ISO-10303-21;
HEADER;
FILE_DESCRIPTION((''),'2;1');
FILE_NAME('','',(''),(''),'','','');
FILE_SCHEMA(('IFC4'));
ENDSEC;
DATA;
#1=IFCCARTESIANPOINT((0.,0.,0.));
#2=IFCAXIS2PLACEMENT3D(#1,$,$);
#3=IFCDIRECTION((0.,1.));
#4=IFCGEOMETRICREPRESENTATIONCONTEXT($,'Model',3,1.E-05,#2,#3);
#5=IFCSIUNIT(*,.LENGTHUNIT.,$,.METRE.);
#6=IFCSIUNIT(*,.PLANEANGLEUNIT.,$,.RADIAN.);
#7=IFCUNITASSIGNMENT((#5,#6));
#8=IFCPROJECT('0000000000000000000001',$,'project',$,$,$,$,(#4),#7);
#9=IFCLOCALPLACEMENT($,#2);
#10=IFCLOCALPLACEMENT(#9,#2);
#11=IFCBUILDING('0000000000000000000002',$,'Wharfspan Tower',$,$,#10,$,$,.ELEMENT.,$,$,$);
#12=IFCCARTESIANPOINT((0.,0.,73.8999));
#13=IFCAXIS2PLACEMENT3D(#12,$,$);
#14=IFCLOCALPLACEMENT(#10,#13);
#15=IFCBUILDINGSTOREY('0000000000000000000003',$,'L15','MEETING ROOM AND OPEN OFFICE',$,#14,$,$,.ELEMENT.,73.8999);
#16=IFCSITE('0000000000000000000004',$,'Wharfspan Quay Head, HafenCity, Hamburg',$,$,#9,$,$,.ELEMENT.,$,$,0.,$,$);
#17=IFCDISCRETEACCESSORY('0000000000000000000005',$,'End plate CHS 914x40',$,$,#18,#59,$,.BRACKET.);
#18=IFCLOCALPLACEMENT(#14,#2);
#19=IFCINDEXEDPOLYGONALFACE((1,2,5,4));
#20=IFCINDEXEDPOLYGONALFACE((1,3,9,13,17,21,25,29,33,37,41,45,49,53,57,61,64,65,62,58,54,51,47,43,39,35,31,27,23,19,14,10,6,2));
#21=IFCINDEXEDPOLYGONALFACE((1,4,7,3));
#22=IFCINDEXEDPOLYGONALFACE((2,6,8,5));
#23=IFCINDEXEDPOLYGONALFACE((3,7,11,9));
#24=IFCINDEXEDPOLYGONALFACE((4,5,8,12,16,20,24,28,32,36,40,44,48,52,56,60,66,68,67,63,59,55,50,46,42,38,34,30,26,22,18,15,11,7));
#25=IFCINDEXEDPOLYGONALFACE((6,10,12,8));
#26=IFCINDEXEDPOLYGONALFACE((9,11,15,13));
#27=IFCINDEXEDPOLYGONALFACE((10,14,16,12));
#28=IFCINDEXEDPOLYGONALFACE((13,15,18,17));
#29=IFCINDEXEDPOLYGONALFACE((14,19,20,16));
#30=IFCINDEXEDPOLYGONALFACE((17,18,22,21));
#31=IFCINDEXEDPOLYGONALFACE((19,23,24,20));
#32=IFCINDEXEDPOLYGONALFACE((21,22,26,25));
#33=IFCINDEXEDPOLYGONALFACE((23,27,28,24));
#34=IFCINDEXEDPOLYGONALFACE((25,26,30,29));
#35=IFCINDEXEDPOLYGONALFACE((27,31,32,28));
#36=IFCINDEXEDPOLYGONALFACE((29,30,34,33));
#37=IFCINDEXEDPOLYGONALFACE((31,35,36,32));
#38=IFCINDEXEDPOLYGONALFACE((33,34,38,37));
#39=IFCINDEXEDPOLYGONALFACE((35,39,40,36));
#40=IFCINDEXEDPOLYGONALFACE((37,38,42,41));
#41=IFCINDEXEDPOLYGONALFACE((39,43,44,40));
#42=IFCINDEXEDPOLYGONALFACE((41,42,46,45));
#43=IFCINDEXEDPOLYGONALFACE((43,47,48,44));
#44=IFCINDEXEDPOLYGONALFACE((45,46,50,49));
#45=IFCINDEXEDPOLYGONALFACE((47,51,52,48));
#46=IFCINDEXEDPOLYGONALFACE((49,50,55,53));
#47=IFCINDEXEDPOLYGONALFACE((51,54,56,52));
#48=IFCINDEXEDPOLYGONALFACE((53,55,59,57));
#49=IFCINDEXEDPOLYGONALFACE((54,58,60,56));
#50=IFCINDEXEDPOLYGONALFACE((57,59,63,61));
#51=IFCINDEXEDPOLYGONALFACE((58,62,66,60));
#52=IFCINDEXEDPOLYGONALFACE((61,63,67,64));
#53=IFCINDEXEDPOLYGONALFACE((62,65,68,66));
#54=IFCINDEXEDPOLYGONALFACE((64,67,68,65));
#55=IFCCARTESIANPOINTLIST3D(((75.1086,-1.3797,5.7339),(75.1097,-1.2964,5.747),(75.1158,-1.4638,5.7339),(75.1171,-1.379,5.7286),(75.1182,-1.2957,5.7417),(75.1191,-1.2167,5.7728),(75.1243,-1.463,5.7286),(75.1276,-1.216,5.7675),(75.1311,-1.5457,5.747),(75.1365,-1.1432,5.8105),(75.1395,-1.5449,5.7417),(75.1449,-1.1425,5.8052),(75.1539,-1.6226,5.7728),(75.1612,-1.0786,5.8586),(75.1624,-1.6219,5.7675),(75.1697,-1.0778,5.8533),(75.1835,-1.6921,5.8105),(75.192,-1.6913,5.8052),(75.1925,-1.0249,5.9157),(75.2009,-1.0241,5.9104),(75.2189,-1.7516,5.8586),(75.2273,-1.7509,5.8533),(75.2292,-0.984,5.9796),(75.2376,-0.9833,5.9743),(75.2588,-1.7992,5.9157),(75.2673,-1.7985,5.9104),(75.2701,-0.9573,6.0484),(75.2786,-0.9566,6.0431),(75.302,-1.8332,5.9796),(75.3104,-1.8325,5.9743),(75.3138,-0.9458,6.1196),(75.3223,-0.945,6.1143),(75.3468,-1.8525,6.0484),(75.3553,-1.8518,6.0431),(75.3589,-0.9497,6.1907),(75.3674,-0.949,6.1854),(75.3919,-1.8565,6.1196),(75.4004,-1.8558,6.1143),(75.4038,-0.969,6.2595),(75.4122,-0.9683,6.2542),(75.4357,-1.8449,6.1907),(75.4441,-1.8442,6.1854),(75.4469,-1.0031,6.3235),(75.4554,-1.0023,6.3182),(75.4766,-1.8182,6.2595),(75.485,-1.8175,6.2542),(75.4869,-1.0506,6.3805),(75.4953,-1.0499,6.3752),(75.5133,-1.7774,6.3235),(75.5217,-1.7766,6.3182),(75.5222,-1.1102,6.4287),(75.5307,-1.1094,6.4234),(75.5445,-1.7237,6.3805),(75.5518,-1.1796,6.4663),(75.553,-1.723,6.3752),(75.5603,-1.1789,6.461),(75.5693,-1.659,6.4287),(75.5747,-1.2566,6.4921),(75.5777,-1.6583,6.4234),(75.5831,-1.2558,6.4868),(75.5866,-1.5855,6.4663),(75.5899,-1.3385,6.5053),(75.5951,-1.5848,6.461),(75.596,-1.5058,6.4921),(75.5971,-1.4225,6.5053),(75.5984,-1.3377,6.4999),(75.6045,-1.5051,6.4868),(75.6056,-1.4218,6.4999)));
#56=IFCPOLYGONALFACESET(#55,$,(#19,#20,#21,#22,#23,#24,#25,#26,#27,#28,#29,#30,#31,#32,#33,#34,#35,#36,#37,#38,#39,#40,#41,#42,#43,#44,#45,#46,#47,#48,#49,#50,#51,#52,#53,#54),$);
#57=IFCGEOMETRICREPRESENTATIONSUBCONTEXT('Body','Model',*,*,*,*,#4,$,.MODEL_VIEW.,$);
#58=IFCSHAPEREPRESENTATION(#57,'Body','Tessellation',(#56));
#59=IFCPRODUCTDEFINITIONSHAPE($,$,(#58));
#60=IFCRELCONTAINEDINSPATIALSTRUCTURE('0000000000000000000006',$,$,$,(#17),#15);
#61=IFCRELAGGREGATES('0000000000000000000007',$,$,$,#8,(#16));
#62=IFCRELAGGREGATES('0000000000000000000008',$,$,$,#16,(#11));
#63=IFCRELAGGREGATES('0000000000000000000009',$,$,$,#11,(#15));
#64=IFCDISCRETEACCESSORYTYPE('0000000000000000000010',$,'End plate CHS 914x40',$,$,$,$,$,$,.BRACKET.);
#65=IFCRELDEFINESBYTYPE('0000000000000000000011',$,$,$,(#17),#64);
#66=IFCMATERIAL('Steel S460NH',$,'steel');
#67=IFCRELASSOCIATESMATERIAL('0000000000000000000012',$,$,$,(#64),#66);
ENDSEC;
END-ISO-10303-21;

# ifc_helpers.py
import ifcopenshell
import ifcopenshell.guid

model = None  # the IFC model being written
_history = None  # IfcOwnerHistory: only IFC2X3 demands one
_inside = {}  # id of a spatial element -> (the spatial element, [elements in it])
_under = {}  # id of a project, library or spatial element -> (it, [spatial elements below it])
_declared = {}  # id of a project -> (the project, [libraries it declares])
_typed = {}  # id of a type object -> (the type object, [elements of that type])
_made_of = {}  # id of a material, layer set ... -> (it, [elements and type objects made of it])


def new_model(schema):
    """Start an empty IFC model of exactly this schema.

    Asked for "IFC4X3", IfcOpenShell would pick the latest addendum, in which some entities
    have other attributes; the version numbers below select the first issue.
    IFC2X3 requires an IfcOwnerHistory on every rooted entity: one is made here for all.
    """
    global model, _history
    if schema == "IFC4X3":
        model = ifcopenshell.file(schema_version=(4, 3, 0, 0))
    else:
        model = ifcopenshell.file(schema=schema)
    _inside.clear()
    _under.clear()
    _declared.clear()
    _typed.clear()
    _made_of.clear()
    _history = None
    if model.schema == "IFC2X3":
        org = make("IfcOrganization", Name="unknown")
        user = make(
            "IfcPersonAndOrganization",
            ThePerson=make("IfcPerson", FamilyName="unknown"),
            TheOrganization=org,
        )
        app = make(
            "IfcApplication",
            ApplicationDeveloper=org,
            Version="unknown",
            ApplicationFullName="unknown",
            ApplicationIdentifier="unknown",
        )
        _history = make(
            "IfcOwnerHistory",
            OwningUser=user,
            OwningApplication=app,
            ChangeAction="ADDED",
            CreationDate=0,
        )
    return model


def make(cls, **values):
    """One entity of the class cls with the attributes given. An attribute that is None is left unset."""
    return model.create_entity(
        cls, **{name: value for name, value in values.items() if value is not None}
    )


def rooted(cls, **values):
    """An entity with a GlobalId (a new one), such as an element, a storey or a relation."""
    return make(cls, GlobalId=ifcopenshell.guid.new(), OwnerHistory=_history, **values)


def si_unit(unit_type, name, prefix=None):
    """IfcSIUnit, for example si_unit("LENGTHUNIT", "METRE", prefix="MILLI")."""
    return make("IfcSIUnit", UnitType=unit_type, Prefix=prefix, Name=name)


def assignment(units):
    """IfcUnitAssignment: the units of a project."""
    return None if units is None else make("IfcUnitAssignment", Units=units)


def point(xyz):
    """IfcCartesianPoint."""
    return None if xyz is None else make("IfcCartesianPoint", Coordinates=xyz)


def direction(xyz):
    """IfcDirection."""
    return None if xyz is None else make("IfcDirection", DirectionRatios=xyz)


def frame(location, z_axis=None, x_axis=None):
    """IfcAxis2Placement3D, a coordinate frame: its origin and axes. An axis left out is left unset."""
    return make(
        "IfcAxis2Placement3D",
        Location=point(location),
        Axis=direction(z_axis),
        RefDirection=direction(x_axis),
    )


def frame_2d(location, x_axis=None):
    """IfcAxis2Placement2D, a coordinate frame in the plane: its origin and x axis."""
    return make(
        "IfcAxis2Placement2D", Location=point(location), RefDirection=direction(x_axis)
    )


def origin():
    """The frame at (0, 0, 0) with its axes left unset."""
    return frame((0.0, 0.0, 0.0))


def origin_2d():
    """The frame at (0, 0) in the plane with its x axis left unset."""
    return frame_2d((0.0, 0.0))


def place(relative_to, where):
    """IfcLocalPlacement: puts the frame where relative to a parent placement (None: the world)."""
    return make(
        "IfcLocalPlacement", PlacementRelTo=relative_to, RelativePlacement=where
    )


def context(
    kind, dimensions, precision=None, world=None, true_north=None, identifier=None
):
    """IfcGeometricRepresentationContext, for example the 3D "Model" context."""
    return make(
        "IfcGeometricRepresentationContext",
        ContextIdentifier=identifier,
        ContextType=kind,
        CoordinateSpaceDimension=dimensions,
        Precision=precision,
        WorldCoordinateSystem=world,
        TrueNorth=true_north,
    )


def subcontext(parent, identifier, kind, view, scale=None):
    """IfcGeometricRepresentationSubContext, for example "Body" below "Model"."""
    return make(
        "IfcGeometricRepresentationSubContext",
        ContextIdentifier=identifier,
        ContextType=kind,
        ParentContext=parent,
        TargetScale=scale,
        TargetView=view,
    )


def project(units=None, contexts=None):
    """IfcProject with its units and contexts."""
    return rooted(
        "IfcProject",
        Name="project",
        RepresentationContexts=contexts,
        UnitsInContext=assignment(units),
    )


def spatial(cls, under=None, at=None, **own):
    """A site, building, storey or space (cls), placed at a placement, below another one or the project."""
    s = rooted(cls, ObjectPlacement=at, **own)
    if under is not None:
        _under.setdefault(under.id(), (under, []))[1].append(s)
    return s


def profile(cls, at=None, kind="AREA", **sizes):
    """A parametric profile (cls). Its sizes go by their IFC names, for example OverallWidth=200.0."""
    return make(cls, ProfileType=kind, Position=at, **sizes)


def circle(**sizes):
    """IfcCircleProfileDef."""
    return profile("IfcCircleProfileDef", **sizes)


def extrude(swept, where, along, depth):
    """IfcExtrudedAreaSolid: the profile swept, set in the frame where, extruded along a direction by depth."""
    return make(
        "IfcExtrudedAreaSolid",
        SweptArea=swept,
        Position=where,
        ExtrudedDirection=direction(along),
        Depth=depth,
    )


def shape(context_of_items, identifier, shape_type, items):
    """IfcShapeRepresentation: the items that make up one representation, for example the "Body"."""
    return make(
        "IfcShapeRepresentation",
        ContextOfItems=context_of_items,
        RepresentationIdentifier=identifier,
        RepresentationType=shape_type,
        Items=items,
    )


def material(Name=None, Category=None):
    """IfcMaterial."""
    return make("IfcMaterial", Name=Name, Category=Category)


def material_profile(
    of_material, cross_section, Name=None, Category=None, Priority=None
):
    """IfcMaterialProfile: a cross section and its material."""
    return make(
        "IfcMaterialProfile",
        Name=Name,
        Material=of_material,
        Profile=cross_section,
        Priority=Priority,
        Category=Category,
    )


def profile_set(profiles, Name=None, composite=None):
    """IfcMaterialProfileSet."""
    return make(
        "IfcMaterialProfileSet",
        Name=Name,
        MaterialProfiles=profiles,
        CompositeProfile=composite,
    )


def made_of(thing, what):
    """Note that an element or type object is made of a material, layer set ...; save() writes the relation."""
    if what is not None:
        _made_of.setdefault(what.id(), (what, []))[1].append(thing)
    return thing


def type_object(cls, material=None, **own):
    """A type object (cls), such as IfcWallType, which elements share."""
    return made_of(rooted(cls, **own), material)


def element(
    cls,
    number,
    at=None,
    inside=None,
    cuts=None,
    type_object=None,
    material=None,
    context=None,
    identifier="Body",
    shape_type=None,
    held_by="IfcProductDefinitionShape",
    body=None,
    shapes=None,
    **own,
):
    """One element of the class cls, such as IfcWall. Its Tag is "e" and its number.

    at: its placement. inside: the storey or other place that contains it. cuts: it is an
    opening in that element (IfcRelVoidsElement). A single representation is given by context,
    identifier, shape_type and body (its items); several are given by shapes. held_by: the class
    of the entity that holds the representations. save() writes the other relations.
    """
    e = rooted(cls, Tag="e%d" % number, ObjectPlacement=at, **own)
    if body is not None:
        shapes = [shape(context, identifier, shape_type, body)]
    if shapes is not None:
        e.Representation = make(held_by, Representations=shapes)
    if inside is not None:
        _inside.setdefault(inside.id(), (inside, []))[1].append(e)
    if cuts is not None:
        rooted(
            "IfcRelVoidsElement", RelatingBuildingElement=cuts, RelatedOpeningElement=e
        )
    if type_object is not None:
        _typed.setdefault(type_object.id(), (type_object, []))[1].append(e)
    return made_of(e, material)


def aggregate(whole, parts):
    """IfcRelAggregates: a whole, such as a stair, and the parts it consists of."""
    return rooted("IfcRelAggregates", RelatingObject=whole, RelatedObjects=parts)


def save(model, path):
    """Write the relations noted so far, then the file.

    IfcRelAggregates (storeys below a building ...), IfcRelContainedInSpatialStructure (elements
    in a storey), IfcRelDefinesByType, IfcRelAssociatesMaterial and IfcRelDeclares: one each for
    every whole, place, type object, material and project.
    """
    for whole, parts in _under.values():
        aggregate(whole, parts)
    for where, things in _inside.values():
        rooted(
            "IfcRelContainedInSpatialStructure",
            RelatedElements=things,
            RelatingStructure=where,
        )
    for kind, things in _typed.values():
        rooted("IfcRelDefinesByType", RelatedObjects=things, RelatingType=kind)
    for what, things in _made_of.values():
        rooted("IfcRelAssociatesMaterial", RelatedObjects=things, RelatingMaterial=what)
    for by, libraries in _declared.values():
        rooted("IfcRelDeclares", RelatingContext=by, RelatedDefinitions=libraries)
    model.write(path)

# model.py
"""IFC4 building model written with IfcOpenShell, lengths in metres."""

from ifc_helpers import new_model, si_unit, direction, frame, origin, origin_2d, place, context, subcontext, project, spatial, circle, extrude, material, material_profile, profile_set, type_object, element, save


model = new_model("IFC4")

# Units and contexts
model_context = context("Model", 3, precision=1e-05, world=origin(), true_north=direction((0.0, 1.0)))
body_context = subcontext(model_context, "Body", "Model", "MODEL_VIEW")
ifc_project = project(units=[si_unit("LENGTHUNIT", "METRE"), si_unit("PLANEANGLEUNIT", "RADIAN")], contexts=[model_context])

# Site, building, storey
site_placement = place(None, origin())
site = spatial("IfcSite", under=ifc_project, at=site_placement, Name="Wharfspan Quay Head, HafenCity, Hamburg", CompositionType="ELEMENT", RefElevation=0.0)
building_placement = place(site_placement, origin())
building = spatial("IfcBuilding", under=site, at=building_placement, Name="Wharfspan Tower", CompositionType="ELEMENT")
storey_placement = place(building_placement, frame((0.0, 0.0, 73.8999)))
storey = spatial("IfcBuildingStorey", under=building, at=storey_placement, Name="L15", Description="MEETING ROOM AND OPEN OFFICE", CompositionType="ELEMENT", Elevation=73.8999)

# Shared definitions
ifc_material_1 = material(Name="Steel S460NH", Category="steel")

# Discrete accessory
ifc_material_profile_1 = material_profile(ifc_material_1, circle(Radius=0.457, at=origin_2d()))
ifc_profile_set_1 = profile_set([ifc_material_profile_1], Name="Steel S460NH")
discrete_accessory_type = type_object("IfcDiscreteAccessoryType", Name="End plate CHS 914x40", PredefinedType="BRACKET", material=ifc_profile_set_1)
for number, where, z_axis, x_axis, name in (
    (1, (75.3613, -1.4004, 6.1143), (-0.844416, -0.072379, 0.530776), (0.085402, -0.99635, 0.0), "End plate CHS 914x40"),
):
    element("IfcDiscreteAccessory", number, at=place(storey_placement, frame(where, z_axis=z_axis, x_axis=x_axis)), inside=storey, type_object=discrete_accessory_type, Name=name, PredefinedType="BRACKET", context=body_context, shape_type="SweptSolid", body=[
        extrude(circle(Radius=0.457, at=origin_2d()), origin(), (0.0, 0.0, 1.0), 0.01),
    ])

save(model, "model.ifc")
